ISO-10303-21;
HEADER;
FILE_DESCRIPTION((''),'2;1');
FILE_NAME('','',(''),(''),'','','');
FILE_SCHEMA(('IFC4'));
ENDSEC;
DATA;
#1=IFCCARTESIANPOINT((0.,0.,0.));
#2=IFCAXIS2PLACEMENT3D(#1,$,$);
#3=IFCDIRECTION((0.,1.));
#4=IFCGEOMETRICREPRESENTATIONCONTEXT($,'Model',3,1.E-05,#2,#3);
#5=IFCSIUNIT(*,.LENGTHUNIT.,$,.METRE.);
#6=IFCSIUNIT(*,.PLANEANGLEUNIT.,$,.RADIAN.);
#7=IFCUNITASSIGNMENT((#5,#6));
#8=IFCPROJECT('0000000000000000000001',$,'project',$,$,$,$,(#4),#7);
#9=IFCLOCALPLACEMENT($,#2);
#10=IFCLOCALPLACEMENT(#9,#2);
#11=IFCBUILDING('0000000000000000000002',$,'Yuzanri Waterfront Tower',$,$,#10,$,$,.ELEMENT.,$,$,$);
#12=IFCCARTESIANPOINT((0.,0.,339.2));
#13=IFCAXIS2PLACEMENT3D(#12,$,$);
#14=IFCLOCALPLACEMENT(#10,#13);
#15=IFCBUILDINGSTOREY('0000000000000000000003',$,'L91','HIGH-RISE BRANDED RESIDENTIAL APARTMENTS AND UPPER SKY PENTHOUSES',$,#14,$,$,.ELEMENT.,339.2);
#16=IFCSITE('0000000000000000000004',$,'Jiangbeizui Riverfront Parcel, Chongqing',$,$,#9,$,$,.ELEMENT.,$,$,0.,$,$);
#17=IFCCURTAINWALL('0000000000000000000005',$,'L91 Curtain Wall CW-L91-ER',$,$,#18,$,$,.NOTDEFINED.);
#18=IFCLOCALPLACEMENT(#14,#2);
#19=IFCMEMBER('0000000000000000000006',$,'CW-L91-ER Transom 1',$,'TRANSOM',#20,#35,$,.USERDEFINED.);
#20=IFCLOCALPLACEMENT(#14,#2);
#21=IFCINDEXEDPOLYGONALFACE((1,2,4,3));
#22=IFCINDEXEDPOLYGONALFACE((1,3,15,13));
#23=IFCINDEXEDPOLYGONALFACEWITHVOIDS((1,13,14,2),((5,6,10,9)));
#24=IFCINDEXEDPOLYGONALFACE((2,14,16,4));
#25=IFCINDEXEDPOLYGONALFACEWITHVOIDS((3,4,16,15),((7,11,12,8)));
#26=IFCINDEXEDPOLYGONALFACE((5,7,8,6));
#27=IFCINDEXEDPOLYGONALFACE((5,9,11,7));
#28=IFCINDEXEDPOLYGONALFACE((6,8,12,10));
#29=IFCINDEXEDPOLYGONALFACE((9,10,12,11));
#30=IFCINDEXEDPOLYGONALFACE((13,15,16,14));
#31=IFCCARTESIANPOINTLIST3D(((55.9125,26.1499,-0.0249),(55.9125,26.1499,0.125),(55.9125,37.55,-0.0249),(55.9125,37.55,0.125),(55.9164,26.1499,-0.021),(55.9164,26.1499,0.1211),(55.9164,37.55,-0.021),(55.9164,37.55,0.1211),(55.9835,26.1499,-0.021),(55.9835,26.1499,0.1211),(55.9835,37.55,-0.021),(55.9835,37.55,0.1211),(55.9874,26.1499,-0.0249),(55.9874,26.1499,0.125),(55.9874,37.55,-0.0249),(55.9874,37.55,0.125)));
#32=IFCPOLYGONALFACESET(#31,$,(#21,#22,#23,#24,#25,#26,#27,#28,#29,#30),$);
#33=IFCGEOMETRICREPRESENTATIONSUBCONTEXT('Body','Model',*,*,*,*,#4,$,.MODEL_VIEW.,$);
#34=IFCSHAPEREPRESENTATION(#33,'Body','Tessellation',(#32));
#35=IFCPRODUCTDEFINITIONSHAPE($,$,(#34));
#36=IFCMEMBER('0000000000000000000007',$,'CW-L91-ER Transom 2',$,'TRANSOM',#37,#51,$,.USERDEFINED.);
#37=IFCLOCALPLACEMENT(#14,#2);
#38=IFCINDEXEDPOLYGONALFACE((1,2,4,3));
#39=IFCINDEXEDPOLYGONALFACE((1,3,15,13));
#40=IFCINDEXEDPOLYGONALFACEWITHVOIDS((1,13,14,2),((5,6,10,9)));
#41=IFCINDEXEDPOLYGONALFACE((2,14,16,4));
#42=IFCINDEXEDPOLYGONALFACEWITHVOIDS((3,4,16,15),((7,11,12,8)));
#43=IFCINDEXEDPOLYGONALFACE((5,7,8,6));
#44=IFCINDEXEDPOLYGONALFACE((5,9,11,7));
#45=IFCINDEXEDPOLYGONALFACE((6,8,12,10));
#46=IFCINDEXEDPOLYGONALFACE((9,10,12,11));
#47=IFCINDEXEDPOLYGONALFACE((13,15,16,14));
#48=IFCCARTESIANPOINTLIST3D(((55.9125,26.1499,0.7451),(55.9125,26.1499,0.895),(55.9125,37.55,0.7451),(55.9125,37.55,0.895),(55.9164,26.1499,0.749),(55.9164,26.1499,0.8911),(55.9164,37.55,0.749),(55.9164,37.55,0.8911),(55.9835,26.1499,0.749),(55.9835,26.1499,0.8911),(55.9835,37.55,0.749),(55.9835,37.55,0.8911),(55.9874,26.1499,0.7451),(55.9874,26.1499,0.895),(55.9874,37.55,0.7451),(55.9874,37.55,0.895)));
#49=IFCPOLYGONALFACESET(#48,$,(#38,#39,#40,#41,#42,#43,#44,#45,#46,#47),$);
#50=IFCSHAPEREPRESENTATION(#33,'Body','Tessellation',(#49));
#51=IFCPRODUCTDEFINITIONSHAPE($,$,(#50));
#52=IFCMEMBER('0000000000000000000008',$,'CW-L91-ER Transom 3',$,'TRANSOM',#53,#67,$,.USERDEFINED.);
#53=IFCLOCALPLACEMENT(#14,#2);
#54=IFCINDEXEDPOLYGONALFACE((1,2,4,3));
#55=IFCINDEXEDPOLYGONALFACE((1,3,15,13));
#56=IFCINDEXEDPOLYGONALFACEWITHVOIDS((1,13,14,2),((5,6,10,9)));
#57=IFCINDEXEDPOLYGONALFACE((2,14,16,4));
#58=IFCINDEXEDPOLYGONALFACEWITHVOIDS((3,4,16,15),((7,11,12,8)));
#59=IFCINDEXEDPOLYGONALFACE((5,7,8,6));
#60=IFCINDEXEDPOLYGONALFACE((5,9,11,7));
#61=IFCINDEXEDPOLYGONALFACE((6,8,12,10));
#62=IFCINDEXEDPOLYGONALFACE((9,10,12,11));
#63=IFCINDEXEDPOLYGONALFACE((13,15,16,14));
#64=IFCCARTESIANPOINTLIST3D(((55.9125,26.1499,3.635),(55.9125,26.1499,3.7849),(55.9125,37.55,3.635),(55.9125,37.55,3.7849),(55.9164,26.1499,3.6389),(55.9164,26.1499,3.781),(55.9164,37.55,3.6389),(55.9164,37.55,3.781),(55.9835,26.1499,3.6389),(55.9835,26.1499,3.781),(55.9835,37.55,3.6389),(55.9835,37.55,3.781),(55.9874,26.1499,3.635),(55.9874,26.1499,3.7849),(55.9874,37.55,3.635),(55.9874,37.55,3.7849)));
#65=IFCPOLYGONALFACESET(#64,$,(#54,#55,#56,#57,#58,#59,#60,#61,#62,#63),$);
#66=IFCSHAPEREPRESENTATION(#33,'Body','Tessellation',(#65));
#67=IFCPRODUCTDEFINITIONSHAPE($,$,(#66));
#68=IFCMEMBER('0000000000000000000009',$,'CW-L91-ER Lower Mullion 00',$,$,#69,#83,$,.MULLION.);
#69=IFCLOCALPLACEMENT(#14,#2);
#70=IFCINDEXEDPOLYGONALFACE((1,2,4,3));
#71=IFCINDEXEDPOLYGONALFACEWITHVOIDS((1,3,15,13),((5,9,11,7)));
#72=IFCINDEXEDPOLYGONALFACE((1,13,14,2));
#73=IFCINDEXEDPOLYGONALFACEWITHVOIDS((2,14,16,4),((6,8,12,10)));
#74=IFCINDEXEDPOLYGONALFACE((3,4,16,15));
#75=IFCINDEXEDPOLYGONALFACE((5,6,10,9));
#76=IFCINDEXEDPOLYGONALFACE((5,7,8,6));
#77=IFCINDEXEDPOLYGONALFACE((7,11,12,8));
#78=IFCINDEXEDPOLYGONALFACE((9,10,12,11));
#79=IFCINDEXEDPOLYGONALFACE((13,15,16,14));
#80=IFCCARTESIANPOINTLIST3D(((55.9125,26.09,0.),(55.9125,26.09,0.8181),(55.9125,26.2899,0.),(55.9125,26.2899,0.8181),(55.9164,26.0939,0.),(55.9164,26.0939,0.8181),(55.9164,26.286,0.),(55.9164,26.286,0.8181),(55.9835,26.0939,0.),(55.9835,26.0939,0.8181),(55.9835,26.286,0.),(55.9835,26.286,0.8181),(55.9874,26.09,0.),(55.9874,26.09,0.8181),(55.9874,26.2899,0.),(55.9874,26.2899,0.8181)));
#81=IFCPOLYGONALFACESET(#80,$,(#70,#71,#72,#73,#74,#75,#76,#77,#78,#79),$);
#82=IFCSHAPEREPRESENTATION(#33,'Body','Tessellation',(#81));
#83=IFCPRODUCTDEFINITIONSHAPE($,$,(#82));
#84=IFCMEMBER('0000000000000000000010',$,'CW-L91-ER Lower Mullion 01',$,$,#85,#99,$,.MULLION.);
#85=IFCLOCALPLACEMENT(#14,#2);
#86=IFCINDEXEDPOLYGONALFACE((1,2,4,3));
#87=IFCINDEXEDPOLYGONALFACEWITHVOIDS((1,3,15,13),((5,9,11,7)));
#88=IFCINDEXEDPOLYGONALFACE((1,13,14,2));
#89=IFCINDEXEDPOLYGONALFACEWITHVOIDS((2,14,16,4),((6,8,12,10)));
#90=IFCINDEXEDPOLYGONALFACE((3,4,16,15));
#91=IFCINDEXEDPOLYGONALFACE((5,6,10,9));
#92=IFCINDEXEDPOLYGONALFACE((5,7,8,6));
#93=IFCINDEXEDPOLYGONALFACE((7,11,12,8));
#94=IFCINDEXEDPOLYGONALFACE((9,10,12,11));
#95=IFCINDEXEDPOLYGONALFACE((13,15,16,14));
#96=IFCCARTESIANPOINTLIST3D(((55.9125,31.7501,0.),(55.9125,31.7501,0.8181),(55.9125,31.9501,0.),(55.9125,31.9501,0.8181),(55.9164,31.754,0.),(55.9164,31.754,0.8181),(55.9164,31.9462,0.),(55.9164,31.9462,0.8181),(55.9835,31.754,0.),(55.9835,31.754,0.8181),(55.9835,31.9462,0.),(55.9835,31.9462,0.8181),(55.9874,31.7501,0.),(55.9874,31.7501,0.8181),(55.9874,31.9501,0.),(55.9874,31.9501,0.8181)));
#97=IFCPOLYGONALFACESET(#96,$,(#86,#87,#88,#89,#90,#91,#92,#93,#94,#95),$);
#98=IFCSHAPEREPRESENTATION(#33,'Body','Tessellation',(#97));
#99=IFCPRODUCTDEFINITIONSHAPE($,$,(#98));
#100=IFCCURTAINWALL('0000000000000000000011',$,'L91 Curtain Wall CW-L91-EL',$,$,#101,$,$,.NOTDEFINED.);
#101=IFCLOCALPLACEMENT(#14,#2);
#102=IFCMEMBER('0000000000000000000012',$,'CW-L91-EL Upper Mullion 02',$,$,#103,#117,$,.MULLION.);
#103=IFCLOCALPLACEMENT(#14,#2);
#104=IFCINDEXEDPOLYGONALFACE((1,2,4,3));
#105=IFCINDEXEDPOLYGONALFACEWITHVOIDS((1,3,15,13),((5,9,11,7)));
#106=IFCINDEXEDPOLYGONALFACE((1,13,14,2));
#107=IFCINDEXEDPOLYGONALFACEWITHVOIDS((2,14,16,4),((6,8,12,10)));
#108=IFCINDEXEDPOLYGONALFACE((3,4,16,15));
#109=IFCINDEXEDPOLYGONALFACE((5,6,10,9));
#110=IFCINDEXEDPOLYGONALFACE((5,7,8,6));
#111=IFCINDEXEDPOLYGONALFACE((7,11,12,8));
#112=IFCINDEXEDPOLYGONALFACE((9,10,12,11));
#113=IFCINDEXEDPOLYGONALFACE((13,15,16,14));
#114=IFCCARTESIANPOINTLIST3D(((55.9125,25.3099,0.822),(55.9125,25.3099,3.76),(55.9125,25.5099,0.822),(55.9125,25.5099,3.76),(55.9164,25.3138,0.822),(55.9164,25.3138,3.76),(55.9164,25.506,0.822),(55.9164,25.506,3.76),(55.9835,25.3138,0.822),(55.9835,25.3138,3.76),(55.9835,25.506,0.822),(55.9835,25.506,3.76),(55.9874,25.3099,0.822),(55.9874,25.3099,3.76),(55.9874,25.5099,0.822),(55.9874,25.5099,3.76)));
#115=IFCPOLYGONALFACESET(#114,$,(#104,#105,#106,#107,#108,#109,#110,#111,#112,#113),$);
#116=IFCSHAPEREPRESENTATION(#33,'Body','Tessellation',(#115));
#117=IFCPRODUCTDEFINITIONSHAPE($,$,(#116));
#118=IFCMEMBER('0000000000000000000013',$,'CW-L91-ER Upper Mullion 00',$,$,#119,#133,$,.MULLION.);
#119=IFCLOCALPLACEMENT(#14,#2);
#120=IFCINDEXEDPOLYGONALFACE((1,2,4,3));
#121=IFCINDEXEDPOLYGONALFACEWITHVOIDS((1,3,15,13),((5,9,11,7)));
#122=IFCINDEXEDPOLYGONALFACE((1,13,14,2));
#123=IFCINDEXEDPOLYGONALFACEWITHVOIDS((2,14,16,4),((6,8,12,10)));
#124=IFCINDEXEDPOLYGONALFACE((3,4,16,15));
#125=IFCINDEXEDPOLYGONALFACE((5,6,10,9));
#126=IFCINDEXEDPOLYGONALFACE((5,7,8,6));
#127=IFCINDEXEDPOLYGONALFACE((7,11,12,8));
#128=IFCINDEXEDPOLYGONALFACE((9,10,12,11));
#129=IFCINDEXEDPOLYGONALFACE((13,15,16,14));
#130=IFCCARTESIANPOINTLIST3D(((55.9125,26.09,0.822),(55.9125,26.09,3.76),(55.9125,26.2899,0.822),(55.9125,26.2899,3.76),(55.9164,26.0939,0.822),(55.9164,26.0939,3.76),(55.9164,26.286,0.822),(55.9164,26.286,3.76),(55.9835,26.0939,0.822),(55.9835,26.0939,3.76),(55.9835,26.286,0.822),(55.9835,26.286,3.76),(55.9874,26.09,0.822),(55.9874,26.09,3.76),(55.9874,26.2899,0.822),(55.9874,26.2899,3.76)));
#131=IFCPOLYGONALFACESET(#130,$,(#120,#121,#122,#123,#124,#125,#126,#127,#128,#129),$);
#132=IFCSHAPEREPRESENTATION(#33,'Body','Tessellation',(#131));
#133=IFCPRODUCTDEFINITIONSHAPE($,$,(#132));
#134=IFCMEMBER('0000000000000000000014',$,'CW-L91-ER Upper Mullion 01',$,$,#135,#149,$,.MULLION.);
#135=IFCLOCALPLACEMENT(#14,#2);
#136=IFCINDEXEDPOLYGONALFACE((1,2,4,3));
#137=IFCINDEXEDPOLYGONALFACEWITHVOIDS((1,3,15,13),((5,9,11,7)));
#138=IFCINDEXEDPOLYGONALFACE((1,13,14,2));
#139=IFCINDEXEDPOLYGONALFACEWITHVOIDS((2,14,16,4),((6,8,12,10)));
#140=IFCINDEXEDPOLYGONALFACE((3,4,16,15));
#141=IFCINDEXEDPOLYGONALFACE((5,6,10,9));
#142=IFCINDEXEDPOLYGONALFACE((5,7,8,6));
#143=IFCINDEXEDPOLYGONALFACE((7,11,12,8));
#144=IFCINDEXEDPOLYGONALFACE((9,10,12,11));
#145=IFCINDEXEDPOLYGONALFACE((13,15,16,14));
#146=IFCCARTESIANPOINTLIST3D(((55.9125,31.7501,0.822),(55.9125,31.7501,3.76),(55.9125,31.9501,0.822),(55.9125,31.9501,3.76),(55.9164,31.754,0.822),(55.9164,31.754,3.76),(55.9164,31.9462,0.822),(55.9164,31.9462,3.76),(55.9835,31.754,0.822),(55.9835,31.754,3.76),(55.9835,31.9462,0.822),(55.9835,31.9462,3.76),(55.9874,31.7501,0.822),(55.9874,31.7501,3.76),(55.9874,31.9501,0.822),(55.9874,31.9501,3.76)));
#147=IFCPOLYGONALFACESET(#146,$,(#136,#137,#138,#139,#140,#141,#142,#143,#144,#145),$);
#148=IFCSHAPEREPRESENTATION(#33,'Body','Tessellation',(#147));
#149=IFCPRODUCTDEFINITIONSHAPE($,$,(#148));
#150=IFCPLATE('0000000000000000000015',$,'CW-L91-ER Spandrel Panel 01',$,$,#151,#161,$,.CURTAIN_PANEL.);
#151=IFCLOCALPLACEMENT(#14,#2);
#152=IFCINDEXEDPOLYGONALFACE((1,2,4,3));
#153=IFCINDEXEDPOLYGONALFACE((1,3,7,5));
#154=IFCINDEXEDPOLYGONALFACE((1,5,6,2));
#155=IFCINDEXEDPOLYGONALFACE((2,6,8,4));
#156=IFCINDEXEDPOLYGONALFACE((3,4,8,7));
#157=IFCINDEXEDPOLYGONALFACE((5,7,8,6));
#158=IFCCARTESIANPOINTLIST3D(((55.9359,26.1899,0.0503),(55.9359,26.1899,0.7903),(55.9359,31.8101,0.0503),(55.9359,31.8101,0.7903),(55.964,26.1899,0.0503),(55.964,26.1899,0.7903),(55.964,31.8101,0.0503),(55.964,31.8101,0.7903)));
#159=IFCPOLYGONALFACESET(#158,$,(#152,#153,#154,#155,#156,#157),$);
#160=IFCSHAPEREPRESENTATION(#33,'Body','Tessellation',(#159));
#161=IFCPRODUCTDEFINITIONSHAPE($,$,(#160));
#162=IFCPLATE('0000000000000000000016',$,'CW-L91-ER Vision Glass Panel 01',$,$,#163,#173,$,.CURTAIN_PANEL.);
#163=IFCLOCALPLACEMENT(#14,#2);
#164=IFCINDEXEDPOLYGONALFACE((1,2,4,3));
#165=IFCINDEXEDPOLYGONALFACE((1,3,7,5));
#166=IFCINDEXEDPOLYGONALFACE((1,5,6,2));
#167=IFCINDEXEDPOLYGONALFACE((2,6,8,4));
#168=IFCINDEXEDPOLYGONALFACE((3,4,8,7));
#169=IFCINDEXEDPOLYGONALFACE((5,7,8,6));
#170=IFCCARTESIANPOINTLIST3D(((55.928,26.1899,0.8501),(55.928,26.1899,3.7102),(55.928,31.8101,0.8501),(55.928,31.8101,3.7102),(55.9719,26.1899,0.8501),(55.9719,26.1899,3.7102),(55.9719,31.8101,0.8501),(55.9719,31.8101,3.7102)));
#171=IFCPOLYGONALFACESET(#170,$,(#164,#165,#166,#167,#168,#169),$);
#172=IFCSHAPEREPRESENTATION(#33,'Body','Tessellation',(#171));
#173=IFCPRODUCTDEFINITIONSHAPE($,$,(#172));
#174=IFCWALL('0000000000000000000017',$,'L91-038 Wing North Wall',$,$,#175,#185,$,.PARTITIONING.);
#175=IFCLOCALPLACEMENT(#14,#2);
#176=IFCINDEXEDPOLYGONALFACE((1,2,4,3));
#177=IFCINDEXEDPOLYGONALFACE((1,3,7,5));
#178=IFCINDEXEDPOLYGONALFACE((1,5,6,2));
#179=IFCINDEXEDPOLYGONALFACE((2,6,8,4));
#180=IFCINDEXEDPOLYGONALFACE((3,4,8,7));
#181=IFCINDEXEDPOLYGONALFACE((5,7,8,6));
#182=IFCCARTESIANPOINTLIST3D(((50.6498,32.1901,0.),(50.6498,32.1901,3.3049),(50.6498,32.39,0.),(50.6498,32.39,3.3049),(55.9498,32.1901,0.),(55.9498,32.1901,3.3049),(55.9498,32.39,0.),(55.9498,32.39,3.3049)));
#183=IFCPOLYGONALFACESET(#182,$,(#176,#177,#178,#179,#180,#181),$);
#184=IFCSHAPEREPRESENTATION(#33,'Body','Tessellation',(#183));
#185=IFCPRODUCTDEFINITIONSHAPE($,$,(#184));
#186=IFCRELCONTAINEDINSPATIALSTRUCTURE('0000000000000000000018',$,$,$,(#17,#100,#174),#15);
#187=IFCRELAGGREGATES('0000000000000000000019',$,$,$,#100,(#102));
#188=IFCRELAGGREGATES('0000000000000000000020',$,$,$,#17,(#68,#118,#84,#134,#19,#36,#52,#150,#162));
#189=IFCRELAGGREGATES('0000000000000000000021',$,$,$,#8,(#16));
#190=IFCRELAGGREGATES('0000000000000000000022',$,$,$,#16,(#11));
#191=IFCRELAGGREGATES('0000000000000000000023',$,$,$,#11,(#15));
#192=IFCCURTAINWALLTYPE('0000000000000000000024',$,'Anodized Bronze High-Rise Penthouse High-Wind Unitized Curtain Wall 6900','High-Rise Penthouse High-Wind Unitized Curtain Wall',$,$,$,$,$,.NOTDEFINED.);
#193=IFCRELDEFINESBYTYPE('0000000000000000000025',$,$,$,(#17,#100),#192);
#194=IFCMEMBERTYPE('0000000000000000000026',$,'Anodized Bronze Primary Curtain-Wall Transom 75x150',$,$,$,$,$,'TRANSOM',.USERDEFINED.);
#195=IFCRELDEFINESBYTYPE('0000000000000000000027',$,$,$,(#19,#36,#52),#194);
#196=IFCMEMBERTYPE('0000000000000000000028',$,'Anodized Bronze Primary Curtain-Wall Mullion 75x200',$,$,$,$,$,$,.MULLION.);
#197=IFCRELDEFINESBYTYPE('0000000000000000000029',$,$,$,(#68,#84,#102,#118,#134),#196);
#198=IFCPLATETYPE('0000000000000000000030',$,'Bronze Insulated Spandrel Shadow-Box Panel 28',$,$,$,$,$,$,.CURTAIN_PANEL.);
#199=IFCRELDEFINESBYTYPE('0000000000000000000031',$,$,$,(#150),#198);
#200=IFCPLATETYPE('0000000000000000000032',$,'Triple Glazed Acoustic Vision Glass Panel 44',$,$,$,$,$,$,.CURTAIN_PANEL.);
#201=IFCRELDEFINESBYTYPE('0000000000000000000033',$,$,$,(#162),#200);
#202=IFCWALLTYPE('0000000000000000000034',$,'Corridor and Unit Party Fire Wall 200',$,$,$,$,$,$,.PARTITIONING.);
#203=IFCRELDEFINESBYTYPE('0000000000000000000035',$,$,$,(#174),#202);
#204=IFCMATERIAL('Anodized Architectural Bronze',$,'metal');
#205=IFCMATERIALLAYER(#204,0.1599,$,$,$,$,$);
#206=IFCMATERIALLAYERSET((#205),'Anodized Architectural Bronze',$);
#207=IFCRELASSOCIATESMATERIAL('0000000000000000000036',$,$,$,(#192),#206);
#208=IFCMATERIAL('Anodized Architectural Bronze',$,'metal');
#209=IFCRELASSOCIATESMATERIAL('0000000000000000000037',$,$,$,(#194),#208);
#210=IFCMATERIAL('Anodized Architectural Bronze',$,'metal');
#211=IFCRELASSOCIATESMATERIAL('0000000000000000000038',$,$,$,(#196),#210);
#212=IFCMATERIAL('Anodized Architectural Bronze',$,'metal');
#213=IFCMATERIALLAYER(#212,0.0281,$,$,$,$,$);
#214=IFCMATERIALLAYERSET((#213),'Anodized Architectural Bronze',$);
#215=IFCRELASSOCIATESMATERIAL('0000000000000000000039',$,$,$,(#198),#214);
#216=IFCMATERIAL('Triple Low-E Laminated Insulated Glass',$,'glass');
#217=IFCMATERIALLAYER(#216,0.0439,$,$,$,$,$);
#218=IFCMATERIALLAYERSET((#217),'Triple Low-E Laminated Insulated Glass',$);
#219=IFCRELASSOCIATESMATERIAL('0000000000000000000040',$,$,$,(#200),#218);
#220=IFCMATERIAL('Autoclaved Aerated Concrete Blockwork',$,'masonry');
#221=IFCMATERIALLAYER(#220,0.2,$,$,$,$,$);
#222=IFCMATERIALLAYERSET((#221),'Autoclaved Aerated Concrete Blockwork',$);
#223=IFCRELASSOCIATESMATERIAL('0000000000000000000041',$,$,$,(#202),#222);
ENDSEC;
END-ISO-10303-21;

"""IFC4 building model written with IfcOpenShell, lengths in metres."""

from ifc_helpers import new_model, si_unit, direction, frame, frame_2d, origin, origin_2d, place, context, subcontext, project, spatial, rectangle, hollow_rectangle, extrude, source, transform, mapped, material, layer, layer_set, material_profile, profile_set, type_object, element, aggregate, save


model = new_model("IFC4")

# Units and contexts
model_context = context("Model", 3, precision=1e-05, world=origin(), true_north=direction((0.0, 1.0)))
body_context = subcontext(model_context, "Body", "Model", "MODEL_VIEW")
ifc_project = project(units=[si_unit("LENGTHUNIT", "METRE"), si_unit("PLANEANGLEUNIT", "RADIAN")], contexts=[model_context])

# Site, building, storey
site_placement = place(None, origin())
site = spatial("IfcSite", under=ifc_project, at=site_placement, Name="Jiangbeizui Riverfront Parcel, Chongqing", CompositionType="ELEMENT", RefElevation=0.0)
building_placement = place(site_placement, origin())
building = spatial("IfcBuilding", under=site, at=building_placement, Name="Yuzanri Waterfront Tower", CompositionType="ELEMENT")
storey_placement = place(building_placement, frame((0.0, 0.0, 339.2)))
storey = spatial("IfcBuildingStorey", under=building, at=storey_placement, Name="L91", Description="HIGH-RISE BRANDED RESIDENTIAL APARTMENTS AND UPPER SKY PENTHOUSES", CompositionType="ELEMENT", Elevation=339.2)

# Curtain wall, members
ifc_material_1 = material(Name="Anodized Architectural Bronze", Category="metal")
ifc_layer_1 = layer(ifc_material_1, 0.1599)
ifc_layer_set_1 = layer_set([ifc_layer_1], Name="Anodized Architectural Bronze")
curtain_wall_type = type_object("IfcCurtainWallType", Name="Anodized Bronze High-Rise Penthouse High-Wind Unitized Curtain Wall 6900", Description="High-Rise Penthouse High-Wind Unitized Curtain Wall", PredefinedType="NOTDEFINED", material=ifc_layer_set_1)
curtain_wall_1_placement = place(storey_placement, origin())
curtain_wall_1 = element("IfcCurtainWall", 1, at=curtain_wall_1_placement, inside=storey, type_object=curtain_wall_type, Name="L91 Curtain Wall CW-L91-ER", PredefinedType="NOTDEFINED")
ifc_material_2 = material(Name="Anodized Architectural Bronze", Category="metal")
ifc_material_profile_1 = material_profile(ifc_material_2, hollow_rectangle(XDim=0.075, YDim=0.1499, WallThickness=0.0039, at=origin_2d()), Name="CWT 75x150")
ifc_profile_set_1 = profile_set([ifc_material_profile_1], Name="Anodized Architectural Bronze")
member_type_1 = type_object("IfcMemberType", Name="Anodized Bronze Primary Curtain-Wall Transom 75x150", ElementType="TRANSOM", PredefinedType="USERDEFINED", material=ifc_profile_set_1)
shared_shape_1 = source(origin(), body_context, "Body", "SweptSolid", [
    extrude(hollow_rectangle(XDim=0.075, YDim=0.1499, WallThickness=0.0039, at=origin_2d()), origin(), (0.0, 0.0, 1.0), 11.4001),
])
member_1_placement = place(storey_placement, frame((55.95, 26.1499, 0.05), z_axis=(0.0, 1.0, 0.0), x_axis=(-1.0, 0.0, 0.0)))
member_1 = element("IfcMember", 2, at=member_1_placement, type_object=member_type_1, Name="CW-L91-ER Transom 1", ObjectType="TRANSOM", PredefinedType="USERDEFINED", context=body_context, shape_type="MappedRepresentation", body=[
    mapped(shared_shape_1, transform((0.0, 0.0, 0.0), scale=1.0)),
])
member_2_placement = place(storey_placement, frame((55.95, 26.1499, 0.8201), z_axis=(0.0, 1.0, 0.0), x_axis=(-1.0, 0.0, 0.0)))
member_2 = element("IfcMember", 3, at=member_2_placement, type_object=member_type_1, Name="CW-L91-ER Transom 2", ObjectType="TRANSOM", PredefinedType="USERDEFINED", context=body_context, shape_type="MappedRepresentation", body=[
    mapped(shared_shape_1, transform((0.0, 0.0, 0.0), scale=1.0)),
])
member_3_placement = place(storey_placement, frame((55.95, 26.1499, 3.71), z_axis=(0.0, 1.0, 0.0), x_axis=(-1.0, 0.0, 0.0)))
member_3 = element("IfcMember", 4, at=member_3_placement, type_object=member_type_1, Name="CW-L91-ER Transom 3", ObjectType="TRANSOM", PredefinedType="USERDEFINED", context=body_context, shape_type="MappedRepresentation", body=[
    mapped(shared_shape_1, transform((0.0, 0.0, 0.0), scale=1.0)),
])
ifc_material_3 = material(Name="Anodized Architectural Bronze", Category="metal")
ifc_material_profile_2 = material_profile(ifc_material_3, hollow_rectangle(XDim=0.075, YDim=0.2, WallThickness=0.0039, at=origin_2d()), Name="CWM 75x200")
ifc_profile_set_2 = profile_set([ifc_material_profile_2], Name="Anodized Architectural Bronze")
member_type_2 = type_object("IfcMemberType", Name="Anodized Bronze Primary Curtain-Wall Mullion 75x200", PredefinedType="MULLION", material=ifc_profile_set_2)
shared_shape_2 = source(origin(), body_context, "Body", "SweptSolid", [
    extrude(hollow_rectangle(XDim=0.075, YDim=0.2, WallThickness=0.0039, at=origin_2d()), origin(), (0.0, 0.0, 1.0), 0.8181),
])
member_4_placement = place(storey_placement, frame((55.95, 26.1899, 0.0), z_axis=(0.0, 0.0, 1.0), x_axis=(1.0, 0.0, 0.0)))
member_4 = element("IfcMember", 5, at=member_4_placement, type_object=member_type_2, Name="CW-L91-ER Lower Mullion 00", PredefinedType="MULLION", context=body_context, shape_type="MappedRepresentation", body=[
    mapped(shared_shape_2, transform((0.0, 0.0, 0.0), scale=1.0)),
])
member_5_placement = place(storey_placement, frame((55.95, 31.8501, 0.0), z_axis=(0.0, 0.0, 1.0), x_axis=(1.0, 0.0, 0.0)))
member_5 = element("IfcMember", 6, at=member_5_placement, type_object=member_type_2, Name="CW-L91-ER Lower Mullion 01", PredefinedType="MULLION", context=body_context, shape_type="MappedRepresentation", body=[
    mapped(shared_shape_2, transform((0.0, 0.0, 0.0), scale=1.0)),
])

# Curtain wall, member
curtain_wall_2_placement = place(storey_placement, origin())
curtain_wall_2 = element("IfcCurtainWall", 7, at=curtain_wall_2_placement, inside=storey, type_object=curtain_wall_type, Name="L91 Curtain Wall CW-L91-EL", PredefinedType="NOTDEFINED")
shared_shape_3 = source(origin(), body_context, "Body", "SweptSolid", [
    extrude(hollow_rectangle(XDim=0.075, YDim=0.2, WallThickness=0.0039, at=origin_2d()), origin(), (0.0, 0.0, 1.0), 2.938),
])
member_6_placement = place(storey_placement, frame((55.95, 25.4099, 0.822), z_axis=(0.0, 0.0, 1.0), x_axis=(1.0, 0.0, 0.0)))
member_6 = element("IfcMember", 8, at=member_6_placement, type_object=member_type_2, Name="CW-L91-EL Upper Mullion 02", PredefinedType="MULLION", context=body_context, shape_type="MappedRepresentation", body=[
    mapped(shared_shape_3, transform((0.0, 0.0, 0.0), scale=1.0)),
])
aggregate(curtain_wall_2, [member_6])

# Members
member_7_placement = place(storey_placement, frame((55.95, 26.1899, 0.822), z_axis=(0.0, 0.0, 1.0), x_axis=(1.0, 0.0, 0.0)))
member_7 = element("IfcMember", 9, at=member_7_placement, type_object=member_type_2, Name="CW-L91-ER Upper Mullion 00", PredefinedType="MULLION", context=body_context, shape_type="MappedRepresentation", body=[
    mapped(shared_shape_3, transform((0.0, 0.0, 0.0), scale=1.0)),
])
member_8_placement = place(storey_placement, frame((55.95, 31.8501, 0.822), z_axis=(0.0, 0.0, 1.0), x_axis=(1.0, 0.0, 0.0)))
member_8 = element("IfcMember", 10, at=member_8_placement, type_object=member_type_2, Name="CW-L91-ER Upper Mullion 01", PredefinedType="MULLION", context=body_context, shape_type="MappedRepresentation", body=[
    mapped(shared_shape_3, transform((0.0, 0.0, 0.0), scale=1.0)),
])

# Plates
ifc_material_4 = material(Name="Anodized Architectural Bronze", Category="metal")
ifc_layer_2 = layer(ifc_material_4, 0.0281)
ifc_layer_set_2 = layer_set([ifc_layer_2], Name="Anodized Architectural Bronze")
plate_type_1 = type_object("IfcPlateType", Name="Bronze Insulated Spandrel Shadow-Box Panel 28", PredefinedType="CURTAIN_PANEL", material=ifc_layer_set_2)
shared_shape_4 = source(origin(), body_context, "Body", "SweptSolid", [
    extrude(rectangle(XDim=5.6201, YDim=0.0281, at=origin_2d()), origin(), (0.0, 0.0, 1.0), 0.74),
])
plate_1_placement = place(storey_placement, frame((55.95, 29.0, 0.0503), z_axis=(0.0, 0.0, 1.0), x_axis=(0.0, 1.0, 0.0)))
plate_1 = element("IfcPlate", 11, at=plate_1_placement, type_object=plate_type_1, Name="CW-L91-ER Spandrel Panel 01", PredefinedType="CURTAIN_PANEL", context=body_context, shape_type="MappedRepresentation", body=[
    mapped(shared_shape_4, transform((0.0, 0.0, 0.0), scale=1.0)),
])
ifc_material_5 = material(Name="Triple Low-E Laminated Insulated Glass", Category="glass")
ifc_layer_3 = layer(ifc_material_5, 0.0439)
ifc_layer_set_3 = layer_set([ifc_layer_3], Name="Triple Low-E Laminated Insulated Glass")
plate_type_2 = type_object("IfcPlateType", Name="Triple Glazed Acoustic Vision Glass Panel 44", PredefinedType="CURTAIN_PANEL", material=ifc_layer_set_3)
shared_shape_5 = source(origin(), body_context, "Body", "SweptSolid", [
    extrude(rectangle(XDim=5.6201, YDim=0.0439, at=origin_2d()), origin(), (0.0, 0.0, 1.0), 2.8601),
])
plate_2_placement = place(storey_placement, frame((55.95, 29.0, 0.8501), z_axis=(0.0, 0.0, 1.0), x_axis=(0.0, 1.0, 0.0)))
plate_2 = element("IfcPlate", 12, at=plate_2_placement, type_object=plate_type_2, Name="CW-L91-ER Vision Glass Panel 01", PredefinedType="CURTAIN_PANEL", context=body_context, shape_type="MappedRepresentation", body=[
    mapped(shared_shape_5, transform((0.0, 0.0, 0.0), scale=1.0)),
])
aggregate(curtain_wall_1, [member_4, member_7, member_5, member_8, member_1, member_2, member_3, plate_1, plate_2])

# Wall
ifc_material_6 = material(Name="Autoclaved Aerated Concrete Blockwork", Category="masonry")
ifc_layer_4 = layer(ifc_material_6, 0.2)
ifc_layer_set_4 = layer_set([ifc_layer_4], Name="Autoclaved Aerated Concrete Blockwork")
wall_type = type_object("IfcWallType", Name="Corridor and Unit Party Fire Wall 200", PredefinedType="PARTITIONING", material=ifc_layer_set_4)
shared_shape_6 = source(origin(), body_context, "Body", "SweptSolid", [
    extrude(rectangle(XDim=5.3, YDim=0.2, at=frame_2d((2.6499, 0.0))), origin(), (0.0, 0.0, 1.0), 3.3049),
])
wall_placement = place(storey_placement, frame((50.6499, 32.29, 0.0), z_axis=(0.0, 0.0, 1.0), x_axis=(1.0, 0.0, 0.0)))
element("IfcWall", 13, at=wall_placement, inside=storey, type_object=wall_type, Name="L91-038 Wing North Wall", PredefinedType="PARTITIONING", context=body_context, shape_type="MappedRepresentation", body=[
    mapped(shared_shape_6, transform((0.0, 0.0, 0.0), scale=1.0)),
])

save(model, "model.ifc")
